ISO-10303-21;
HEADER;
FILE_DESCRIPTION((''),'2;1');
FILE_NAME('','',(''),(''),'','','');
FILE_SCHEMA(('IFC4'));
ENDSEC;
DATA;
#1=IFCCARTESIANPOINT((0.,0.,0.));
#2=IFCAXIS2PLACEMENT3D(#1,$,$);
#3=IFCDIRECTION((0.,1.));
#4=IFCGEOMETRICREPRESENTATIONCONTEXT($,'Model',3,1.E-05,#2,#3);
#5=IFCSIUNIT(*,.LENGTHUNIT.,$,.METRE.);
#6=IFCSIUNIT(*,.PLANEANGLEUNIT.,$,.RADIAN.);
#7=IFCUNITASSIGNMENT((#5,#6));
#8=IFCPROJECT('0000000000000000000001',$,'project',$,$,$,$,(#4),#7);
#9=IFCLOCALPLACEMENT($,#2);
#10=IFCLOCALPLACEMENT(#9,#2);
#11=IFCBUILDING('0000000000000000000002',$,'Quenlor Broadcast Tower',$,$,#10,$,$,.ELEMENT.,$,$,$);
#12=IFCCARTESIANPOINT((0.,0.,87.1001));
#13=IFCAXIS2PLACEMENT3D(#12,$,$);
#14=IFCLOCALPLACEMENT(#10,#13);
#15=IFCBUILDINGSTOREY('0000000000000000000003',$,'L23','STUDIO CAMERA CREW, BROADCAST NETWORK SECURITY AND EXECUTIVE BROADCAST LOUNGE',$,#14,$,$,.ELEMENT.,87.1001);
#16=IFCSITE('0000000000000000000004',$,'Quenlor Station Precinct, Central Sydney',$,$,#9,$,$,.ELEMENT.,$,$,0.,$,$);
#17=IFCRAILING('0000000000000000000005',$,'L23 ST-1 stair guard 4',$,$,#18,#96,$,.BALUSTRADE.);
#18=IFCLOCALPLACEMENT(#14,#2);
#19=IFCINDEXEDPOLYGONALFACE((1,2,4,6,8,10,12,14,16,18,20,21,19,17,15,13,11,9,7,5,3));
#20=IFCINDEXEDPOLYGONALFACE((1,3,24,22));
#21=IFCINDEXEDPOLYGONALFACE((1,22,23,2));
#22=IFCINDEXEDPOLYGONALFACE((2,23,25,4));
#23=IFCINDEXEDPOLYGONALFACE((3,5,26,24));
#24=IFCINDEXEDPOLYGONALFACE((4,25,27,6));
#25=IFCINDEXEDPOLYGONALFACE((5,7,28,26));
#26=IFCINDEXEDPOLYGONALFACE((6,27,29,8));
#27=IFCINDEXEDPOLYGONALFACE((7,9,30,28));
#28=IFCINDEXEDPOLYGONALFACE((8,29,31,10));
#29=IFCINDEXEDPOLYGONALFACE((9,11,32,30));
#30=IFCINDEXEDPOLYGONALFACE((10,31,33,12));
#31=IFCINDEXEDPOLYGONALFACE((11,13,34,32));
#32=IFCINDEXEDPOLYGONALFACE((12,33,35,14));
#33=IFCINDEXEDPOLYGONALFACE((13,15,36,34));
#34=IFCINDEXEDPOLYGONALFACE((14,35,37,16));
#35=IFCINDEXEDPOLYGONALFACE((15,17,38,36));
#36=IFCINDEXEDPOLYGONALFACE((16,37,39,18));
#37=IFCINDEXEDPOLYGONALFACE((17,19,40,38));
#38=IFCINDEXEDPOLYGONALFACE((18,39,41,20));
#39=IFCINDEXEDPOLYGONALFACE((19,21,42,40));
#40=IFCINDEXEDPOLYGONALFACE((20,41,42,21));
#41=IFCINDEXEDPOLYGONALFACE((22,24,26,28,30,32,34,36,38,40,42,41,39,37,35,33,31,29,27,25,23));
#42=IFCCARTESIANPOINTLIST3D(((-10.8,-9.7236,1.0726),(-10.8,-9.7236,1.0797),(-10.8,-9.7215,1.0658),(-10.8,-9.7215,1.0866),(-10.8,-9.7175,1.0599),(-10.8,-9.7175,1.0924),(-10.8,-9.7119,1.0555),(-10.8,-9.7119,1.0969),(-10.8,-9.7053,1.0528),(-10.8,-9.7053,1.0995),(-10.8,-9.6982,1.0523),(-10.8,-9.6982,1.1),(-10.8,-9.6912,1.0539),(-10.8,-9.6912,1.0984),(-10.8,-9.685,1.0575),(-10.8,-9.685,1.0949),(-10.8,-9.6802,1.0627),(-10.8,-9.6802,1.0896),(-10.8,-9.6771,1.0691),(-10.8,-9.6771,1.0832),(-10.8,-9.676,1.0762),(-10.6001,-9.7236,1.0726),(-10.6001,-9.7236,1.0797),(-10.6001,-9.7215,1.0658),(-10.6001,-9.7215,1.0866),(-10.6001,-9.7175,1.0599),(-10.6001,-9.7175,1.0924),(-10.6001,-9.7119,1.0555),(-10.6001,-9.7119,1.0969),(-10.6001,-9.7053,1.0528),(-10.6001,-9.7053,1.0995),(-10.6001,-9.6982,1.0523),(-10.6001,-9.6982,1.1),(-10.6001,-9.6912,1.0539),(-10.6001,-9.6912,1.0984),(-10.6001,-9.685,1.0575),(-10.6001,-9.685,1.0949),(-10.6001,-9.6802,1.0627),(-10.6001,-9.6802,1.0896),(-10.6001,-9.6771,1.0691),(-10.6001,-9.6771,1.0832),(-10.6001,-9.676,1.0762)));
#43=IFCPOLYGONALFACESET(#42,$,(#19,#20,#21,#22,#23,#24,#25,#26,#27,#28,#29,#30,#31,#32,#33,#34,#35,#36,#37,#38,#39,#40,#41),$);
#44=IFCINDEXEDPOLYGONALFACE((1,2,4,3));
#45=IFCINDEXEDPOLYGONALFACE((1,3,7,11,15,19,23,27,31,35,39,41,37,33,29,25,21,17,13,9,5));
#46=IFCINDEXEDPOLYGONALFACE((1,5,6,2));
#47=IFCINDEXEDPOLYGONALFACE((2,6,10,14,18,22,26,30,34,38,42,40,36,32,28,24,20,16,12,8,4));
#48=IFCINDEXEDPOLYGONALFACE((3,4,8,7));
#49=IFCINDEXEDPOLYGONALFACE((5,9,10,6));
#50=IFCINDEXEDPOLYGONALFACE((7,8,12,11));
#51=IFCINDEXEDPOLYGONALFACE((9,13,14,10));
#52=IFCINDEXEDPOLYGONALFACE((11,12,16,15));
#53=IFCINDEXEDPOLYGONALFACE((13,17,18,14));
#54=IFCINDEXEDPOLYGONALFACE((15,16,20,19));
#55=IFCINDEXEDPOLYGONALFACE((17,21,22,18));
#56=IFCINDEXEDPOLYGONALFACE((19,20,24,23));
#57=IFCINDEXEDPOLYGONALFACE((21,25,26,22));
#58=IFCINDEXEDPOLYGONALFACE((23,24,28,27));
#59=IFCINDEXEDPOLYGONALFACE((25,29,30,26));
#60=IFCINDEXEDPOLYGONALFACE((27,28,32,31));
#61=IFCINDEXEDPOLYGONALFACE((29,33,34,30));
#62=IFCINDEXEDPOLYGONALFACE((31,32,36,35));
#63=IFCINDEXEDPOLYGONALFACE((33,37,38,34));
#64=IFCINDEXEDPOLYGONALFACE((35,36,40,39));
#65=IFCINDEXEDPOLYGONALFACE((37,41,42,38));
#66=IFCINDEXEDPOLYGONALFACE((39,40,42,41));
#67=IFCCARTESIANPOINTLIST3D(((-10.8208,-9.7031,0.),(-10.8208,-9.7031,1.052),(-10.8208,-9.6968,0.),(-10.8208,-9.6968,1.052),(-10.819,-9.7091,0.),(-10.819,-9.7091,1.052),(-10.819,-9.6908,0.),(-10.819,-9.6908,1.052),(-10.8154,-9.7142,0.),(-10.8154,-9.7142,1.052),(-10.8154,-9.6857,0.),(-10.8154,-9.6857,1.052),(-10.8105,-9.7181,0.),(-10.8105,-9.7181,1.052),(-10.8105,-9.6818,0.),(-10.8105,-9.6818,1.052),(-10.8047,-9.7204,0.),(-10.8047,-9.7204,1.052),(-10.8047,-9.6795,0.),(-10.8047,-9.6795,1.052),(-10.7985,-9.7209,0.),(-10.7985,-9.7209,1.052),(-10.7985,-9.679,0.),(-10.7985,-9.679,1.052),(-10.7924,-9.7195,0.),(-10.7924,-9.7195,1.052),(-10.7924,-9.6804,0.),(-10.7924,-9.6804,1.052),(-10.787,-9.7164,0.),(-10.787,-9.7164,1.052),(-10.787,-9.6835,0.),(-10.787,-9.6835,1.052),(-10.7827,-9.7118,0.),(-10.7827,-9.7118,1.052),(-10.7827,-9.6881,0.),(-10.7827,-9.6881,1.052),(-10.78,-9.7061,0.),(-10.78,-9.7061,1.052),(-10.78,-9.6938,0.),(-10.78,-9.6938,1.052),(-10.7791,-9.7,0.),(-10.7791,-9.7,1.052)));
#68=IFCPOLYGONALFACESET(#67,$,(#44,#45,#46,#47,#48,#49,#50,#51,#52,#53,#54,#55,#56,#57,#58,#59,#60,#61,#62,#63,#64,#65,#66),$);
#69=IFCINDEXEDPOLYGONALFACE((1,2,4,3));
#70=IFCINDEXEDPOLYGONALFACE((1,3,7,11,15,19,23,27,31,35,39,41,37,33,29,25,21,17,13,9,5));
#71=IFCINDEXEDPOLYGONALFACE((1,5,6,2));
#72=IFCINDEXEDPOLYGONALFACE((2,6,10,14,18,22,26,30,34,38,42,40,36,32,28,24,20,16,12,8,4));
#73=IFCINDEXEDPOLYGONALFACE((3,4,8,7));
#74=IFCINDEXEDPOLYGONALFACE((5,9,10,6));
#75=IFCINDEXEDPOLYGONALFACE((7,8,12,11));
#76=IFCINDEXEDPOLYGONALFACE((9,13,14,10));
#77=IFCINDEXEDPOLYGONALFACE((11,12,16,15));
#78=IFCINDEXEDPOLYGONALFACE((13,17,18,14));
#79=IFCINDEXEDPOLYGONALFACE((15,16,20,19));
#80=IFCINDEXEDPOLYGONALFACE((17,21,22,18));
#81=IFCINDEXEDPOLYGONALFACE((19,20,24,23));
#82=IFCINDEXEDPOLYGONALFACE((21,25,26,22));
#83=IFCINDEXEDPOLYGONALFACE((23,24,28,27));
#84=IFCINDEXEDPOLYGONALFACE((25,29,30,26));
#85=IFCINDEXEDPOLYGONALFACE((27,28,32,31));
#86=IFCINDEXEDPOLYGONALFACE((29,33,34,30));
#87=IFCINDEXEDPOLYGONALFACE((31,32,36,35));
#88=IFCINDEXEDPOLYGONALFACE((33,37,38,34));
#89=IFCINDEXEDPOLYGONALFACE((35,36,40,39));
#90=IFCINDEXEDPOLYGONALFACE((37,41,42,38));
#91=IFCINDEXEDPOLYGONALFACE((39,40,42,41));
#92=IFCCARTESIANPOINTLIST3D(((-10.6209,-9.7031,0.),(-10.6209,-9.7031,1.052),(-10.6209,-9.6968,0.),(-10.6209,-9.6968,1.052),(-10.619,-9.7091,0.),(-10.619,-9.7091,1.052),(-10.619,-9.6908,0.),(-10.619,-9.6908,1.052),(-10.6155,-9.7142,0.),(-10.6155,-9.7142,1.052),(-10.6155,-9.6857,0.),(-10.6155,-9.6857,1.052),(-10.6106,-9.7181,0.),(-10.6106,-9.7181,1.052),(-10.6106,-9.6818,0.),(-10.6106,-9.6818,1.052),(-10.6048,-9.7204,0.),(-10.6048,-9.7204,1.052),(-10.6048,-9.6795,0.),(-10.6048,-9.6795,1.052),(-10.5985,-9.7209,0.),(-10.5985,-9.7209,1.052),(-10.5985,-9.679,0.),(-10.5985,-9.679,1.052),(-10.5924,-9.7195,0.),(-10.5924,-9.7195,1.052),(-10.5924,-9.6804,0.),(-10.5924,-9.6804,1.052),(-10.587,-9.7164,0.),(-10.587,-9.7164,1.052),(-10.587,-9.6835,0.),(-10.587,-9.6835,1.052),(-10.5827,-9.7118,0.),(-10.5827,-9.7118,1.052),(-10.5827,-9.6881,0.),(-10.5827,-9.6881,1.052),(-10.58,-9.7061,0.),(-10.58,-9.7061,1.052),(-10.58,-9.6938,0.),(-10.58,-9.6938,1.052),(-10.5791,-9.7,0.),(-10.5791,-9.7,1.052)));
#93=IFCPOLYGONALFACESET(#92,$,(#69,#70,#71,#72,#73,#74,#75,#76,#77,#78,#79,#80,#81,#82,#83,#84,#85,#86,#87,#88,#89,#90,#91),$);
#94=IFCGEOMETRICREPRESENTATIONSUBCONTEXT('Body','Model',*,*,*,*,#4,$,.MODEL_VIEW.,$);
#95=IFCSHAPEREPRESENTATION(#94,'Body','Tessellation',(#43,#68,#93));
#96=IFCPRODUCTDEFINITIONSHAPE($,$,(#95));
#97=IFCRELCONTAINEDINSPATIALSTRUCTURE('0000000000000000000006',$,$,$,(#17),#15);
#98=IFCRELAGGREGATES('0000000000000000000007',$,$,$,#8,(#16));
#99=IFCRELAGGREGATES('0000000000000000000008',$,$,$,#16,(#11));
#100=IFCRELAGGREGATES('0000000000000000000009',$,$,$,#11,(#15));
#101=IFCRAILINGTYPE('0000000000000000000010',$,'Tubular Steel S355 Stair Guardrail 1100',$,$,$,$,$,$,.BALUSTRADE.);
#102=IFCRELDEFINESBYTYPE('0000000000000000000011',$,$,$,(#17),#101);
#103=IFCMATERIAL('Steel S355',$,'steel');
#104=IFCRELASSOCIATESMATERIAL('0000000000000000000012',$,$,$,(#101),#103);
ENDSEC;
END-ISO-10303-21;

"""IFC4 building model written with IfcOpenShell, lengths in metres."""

from ifc_helpers import new_model, si_unit, direction, frame, origin, origin_2d, place, context, subcontext, project, spatial, circle, extrude, material, type_object, element, save


model = new_model("IFC4")

# Units and contexts
model_context = context("Model", 3, precision=1e-05, world=origin(), true_north=direction((0.0, 1.0)))
body_context = subcontext(model_context, "Body", "Model", "MODEL_VIEW")
ifc_project = project(units=[si_unit("LENGTHUNIT", "METRE"), si_unit("PLANEANGLEUNIT", "RADIAN")], contexts=[model_context])

# Site, building, storey
site_placement = place(None, origin())
site = spatial("IfcSite", under=ifc_project, at=site_placement, Name="Quenlor Station Precinct, Central Sydney", CompositionType="ELEMENT", RefElevation=0.0)
building_placement = place(site_placement, origin())
building = spatial("IfcBuilding", under=site, at=building_placement, Name="Quenlor Broadcast Tower", CompositionType="ELEMENT")
storey_placement = place(building_placement, frame((0.0, 0.0, 87.1001)))
storey = spatial("IfcBuildingStorey", under=building, at=storey_placement, Name="L23", Description="STUDIO CAMERA CREW, BROADCAST NETWORK SECURITY AND EXECUTIVE BROADCAST LOUNGE", CompositionType="ELEMENT", Elevation=87.1001)

# Railing
ifc_material_1 = material(Name="Steel S355", Category="steel")
railing_type_1 = type_object("IfcRailingType", Name="Tubular Steel S355 Stair Guardrail 1100", PredefinedType="BALUSTRADE", material=ifc_material_1)
railing_1_placement = place(storey_placement, frame((-10.8, -9.7, 0.0)))
element("IfcRailing", 1, at=railing_1_placement, inside=storey, type_object=railing_type_1, Name="L23 ST-1 stair guard 4", PredefinedType="BALUSTRADE", context=body_context, shape_type="SweptSolid", body=[
    extrude(circle(Radius=0.0239, at=origin_2d()), frame((0.0, 0.0, 1.0762), z_axis=(1.0, 0.0, 0.0), x_axis=(0.0, 1.0, 0.0)), (0.0, 0.0, 1.0), 0.2),
    extrude(circle(Radius=0.021, at=origin_2d()), origin(), (0.0, 0.0, 1.0), 1.052),
    extrude(circle(Radius=0.021, at=origin_2d()), frame((0.2, 0.0, 0.0)), (0.0, 0.0, 1.0), 1.052),
])

save(model, "model.ifc")
